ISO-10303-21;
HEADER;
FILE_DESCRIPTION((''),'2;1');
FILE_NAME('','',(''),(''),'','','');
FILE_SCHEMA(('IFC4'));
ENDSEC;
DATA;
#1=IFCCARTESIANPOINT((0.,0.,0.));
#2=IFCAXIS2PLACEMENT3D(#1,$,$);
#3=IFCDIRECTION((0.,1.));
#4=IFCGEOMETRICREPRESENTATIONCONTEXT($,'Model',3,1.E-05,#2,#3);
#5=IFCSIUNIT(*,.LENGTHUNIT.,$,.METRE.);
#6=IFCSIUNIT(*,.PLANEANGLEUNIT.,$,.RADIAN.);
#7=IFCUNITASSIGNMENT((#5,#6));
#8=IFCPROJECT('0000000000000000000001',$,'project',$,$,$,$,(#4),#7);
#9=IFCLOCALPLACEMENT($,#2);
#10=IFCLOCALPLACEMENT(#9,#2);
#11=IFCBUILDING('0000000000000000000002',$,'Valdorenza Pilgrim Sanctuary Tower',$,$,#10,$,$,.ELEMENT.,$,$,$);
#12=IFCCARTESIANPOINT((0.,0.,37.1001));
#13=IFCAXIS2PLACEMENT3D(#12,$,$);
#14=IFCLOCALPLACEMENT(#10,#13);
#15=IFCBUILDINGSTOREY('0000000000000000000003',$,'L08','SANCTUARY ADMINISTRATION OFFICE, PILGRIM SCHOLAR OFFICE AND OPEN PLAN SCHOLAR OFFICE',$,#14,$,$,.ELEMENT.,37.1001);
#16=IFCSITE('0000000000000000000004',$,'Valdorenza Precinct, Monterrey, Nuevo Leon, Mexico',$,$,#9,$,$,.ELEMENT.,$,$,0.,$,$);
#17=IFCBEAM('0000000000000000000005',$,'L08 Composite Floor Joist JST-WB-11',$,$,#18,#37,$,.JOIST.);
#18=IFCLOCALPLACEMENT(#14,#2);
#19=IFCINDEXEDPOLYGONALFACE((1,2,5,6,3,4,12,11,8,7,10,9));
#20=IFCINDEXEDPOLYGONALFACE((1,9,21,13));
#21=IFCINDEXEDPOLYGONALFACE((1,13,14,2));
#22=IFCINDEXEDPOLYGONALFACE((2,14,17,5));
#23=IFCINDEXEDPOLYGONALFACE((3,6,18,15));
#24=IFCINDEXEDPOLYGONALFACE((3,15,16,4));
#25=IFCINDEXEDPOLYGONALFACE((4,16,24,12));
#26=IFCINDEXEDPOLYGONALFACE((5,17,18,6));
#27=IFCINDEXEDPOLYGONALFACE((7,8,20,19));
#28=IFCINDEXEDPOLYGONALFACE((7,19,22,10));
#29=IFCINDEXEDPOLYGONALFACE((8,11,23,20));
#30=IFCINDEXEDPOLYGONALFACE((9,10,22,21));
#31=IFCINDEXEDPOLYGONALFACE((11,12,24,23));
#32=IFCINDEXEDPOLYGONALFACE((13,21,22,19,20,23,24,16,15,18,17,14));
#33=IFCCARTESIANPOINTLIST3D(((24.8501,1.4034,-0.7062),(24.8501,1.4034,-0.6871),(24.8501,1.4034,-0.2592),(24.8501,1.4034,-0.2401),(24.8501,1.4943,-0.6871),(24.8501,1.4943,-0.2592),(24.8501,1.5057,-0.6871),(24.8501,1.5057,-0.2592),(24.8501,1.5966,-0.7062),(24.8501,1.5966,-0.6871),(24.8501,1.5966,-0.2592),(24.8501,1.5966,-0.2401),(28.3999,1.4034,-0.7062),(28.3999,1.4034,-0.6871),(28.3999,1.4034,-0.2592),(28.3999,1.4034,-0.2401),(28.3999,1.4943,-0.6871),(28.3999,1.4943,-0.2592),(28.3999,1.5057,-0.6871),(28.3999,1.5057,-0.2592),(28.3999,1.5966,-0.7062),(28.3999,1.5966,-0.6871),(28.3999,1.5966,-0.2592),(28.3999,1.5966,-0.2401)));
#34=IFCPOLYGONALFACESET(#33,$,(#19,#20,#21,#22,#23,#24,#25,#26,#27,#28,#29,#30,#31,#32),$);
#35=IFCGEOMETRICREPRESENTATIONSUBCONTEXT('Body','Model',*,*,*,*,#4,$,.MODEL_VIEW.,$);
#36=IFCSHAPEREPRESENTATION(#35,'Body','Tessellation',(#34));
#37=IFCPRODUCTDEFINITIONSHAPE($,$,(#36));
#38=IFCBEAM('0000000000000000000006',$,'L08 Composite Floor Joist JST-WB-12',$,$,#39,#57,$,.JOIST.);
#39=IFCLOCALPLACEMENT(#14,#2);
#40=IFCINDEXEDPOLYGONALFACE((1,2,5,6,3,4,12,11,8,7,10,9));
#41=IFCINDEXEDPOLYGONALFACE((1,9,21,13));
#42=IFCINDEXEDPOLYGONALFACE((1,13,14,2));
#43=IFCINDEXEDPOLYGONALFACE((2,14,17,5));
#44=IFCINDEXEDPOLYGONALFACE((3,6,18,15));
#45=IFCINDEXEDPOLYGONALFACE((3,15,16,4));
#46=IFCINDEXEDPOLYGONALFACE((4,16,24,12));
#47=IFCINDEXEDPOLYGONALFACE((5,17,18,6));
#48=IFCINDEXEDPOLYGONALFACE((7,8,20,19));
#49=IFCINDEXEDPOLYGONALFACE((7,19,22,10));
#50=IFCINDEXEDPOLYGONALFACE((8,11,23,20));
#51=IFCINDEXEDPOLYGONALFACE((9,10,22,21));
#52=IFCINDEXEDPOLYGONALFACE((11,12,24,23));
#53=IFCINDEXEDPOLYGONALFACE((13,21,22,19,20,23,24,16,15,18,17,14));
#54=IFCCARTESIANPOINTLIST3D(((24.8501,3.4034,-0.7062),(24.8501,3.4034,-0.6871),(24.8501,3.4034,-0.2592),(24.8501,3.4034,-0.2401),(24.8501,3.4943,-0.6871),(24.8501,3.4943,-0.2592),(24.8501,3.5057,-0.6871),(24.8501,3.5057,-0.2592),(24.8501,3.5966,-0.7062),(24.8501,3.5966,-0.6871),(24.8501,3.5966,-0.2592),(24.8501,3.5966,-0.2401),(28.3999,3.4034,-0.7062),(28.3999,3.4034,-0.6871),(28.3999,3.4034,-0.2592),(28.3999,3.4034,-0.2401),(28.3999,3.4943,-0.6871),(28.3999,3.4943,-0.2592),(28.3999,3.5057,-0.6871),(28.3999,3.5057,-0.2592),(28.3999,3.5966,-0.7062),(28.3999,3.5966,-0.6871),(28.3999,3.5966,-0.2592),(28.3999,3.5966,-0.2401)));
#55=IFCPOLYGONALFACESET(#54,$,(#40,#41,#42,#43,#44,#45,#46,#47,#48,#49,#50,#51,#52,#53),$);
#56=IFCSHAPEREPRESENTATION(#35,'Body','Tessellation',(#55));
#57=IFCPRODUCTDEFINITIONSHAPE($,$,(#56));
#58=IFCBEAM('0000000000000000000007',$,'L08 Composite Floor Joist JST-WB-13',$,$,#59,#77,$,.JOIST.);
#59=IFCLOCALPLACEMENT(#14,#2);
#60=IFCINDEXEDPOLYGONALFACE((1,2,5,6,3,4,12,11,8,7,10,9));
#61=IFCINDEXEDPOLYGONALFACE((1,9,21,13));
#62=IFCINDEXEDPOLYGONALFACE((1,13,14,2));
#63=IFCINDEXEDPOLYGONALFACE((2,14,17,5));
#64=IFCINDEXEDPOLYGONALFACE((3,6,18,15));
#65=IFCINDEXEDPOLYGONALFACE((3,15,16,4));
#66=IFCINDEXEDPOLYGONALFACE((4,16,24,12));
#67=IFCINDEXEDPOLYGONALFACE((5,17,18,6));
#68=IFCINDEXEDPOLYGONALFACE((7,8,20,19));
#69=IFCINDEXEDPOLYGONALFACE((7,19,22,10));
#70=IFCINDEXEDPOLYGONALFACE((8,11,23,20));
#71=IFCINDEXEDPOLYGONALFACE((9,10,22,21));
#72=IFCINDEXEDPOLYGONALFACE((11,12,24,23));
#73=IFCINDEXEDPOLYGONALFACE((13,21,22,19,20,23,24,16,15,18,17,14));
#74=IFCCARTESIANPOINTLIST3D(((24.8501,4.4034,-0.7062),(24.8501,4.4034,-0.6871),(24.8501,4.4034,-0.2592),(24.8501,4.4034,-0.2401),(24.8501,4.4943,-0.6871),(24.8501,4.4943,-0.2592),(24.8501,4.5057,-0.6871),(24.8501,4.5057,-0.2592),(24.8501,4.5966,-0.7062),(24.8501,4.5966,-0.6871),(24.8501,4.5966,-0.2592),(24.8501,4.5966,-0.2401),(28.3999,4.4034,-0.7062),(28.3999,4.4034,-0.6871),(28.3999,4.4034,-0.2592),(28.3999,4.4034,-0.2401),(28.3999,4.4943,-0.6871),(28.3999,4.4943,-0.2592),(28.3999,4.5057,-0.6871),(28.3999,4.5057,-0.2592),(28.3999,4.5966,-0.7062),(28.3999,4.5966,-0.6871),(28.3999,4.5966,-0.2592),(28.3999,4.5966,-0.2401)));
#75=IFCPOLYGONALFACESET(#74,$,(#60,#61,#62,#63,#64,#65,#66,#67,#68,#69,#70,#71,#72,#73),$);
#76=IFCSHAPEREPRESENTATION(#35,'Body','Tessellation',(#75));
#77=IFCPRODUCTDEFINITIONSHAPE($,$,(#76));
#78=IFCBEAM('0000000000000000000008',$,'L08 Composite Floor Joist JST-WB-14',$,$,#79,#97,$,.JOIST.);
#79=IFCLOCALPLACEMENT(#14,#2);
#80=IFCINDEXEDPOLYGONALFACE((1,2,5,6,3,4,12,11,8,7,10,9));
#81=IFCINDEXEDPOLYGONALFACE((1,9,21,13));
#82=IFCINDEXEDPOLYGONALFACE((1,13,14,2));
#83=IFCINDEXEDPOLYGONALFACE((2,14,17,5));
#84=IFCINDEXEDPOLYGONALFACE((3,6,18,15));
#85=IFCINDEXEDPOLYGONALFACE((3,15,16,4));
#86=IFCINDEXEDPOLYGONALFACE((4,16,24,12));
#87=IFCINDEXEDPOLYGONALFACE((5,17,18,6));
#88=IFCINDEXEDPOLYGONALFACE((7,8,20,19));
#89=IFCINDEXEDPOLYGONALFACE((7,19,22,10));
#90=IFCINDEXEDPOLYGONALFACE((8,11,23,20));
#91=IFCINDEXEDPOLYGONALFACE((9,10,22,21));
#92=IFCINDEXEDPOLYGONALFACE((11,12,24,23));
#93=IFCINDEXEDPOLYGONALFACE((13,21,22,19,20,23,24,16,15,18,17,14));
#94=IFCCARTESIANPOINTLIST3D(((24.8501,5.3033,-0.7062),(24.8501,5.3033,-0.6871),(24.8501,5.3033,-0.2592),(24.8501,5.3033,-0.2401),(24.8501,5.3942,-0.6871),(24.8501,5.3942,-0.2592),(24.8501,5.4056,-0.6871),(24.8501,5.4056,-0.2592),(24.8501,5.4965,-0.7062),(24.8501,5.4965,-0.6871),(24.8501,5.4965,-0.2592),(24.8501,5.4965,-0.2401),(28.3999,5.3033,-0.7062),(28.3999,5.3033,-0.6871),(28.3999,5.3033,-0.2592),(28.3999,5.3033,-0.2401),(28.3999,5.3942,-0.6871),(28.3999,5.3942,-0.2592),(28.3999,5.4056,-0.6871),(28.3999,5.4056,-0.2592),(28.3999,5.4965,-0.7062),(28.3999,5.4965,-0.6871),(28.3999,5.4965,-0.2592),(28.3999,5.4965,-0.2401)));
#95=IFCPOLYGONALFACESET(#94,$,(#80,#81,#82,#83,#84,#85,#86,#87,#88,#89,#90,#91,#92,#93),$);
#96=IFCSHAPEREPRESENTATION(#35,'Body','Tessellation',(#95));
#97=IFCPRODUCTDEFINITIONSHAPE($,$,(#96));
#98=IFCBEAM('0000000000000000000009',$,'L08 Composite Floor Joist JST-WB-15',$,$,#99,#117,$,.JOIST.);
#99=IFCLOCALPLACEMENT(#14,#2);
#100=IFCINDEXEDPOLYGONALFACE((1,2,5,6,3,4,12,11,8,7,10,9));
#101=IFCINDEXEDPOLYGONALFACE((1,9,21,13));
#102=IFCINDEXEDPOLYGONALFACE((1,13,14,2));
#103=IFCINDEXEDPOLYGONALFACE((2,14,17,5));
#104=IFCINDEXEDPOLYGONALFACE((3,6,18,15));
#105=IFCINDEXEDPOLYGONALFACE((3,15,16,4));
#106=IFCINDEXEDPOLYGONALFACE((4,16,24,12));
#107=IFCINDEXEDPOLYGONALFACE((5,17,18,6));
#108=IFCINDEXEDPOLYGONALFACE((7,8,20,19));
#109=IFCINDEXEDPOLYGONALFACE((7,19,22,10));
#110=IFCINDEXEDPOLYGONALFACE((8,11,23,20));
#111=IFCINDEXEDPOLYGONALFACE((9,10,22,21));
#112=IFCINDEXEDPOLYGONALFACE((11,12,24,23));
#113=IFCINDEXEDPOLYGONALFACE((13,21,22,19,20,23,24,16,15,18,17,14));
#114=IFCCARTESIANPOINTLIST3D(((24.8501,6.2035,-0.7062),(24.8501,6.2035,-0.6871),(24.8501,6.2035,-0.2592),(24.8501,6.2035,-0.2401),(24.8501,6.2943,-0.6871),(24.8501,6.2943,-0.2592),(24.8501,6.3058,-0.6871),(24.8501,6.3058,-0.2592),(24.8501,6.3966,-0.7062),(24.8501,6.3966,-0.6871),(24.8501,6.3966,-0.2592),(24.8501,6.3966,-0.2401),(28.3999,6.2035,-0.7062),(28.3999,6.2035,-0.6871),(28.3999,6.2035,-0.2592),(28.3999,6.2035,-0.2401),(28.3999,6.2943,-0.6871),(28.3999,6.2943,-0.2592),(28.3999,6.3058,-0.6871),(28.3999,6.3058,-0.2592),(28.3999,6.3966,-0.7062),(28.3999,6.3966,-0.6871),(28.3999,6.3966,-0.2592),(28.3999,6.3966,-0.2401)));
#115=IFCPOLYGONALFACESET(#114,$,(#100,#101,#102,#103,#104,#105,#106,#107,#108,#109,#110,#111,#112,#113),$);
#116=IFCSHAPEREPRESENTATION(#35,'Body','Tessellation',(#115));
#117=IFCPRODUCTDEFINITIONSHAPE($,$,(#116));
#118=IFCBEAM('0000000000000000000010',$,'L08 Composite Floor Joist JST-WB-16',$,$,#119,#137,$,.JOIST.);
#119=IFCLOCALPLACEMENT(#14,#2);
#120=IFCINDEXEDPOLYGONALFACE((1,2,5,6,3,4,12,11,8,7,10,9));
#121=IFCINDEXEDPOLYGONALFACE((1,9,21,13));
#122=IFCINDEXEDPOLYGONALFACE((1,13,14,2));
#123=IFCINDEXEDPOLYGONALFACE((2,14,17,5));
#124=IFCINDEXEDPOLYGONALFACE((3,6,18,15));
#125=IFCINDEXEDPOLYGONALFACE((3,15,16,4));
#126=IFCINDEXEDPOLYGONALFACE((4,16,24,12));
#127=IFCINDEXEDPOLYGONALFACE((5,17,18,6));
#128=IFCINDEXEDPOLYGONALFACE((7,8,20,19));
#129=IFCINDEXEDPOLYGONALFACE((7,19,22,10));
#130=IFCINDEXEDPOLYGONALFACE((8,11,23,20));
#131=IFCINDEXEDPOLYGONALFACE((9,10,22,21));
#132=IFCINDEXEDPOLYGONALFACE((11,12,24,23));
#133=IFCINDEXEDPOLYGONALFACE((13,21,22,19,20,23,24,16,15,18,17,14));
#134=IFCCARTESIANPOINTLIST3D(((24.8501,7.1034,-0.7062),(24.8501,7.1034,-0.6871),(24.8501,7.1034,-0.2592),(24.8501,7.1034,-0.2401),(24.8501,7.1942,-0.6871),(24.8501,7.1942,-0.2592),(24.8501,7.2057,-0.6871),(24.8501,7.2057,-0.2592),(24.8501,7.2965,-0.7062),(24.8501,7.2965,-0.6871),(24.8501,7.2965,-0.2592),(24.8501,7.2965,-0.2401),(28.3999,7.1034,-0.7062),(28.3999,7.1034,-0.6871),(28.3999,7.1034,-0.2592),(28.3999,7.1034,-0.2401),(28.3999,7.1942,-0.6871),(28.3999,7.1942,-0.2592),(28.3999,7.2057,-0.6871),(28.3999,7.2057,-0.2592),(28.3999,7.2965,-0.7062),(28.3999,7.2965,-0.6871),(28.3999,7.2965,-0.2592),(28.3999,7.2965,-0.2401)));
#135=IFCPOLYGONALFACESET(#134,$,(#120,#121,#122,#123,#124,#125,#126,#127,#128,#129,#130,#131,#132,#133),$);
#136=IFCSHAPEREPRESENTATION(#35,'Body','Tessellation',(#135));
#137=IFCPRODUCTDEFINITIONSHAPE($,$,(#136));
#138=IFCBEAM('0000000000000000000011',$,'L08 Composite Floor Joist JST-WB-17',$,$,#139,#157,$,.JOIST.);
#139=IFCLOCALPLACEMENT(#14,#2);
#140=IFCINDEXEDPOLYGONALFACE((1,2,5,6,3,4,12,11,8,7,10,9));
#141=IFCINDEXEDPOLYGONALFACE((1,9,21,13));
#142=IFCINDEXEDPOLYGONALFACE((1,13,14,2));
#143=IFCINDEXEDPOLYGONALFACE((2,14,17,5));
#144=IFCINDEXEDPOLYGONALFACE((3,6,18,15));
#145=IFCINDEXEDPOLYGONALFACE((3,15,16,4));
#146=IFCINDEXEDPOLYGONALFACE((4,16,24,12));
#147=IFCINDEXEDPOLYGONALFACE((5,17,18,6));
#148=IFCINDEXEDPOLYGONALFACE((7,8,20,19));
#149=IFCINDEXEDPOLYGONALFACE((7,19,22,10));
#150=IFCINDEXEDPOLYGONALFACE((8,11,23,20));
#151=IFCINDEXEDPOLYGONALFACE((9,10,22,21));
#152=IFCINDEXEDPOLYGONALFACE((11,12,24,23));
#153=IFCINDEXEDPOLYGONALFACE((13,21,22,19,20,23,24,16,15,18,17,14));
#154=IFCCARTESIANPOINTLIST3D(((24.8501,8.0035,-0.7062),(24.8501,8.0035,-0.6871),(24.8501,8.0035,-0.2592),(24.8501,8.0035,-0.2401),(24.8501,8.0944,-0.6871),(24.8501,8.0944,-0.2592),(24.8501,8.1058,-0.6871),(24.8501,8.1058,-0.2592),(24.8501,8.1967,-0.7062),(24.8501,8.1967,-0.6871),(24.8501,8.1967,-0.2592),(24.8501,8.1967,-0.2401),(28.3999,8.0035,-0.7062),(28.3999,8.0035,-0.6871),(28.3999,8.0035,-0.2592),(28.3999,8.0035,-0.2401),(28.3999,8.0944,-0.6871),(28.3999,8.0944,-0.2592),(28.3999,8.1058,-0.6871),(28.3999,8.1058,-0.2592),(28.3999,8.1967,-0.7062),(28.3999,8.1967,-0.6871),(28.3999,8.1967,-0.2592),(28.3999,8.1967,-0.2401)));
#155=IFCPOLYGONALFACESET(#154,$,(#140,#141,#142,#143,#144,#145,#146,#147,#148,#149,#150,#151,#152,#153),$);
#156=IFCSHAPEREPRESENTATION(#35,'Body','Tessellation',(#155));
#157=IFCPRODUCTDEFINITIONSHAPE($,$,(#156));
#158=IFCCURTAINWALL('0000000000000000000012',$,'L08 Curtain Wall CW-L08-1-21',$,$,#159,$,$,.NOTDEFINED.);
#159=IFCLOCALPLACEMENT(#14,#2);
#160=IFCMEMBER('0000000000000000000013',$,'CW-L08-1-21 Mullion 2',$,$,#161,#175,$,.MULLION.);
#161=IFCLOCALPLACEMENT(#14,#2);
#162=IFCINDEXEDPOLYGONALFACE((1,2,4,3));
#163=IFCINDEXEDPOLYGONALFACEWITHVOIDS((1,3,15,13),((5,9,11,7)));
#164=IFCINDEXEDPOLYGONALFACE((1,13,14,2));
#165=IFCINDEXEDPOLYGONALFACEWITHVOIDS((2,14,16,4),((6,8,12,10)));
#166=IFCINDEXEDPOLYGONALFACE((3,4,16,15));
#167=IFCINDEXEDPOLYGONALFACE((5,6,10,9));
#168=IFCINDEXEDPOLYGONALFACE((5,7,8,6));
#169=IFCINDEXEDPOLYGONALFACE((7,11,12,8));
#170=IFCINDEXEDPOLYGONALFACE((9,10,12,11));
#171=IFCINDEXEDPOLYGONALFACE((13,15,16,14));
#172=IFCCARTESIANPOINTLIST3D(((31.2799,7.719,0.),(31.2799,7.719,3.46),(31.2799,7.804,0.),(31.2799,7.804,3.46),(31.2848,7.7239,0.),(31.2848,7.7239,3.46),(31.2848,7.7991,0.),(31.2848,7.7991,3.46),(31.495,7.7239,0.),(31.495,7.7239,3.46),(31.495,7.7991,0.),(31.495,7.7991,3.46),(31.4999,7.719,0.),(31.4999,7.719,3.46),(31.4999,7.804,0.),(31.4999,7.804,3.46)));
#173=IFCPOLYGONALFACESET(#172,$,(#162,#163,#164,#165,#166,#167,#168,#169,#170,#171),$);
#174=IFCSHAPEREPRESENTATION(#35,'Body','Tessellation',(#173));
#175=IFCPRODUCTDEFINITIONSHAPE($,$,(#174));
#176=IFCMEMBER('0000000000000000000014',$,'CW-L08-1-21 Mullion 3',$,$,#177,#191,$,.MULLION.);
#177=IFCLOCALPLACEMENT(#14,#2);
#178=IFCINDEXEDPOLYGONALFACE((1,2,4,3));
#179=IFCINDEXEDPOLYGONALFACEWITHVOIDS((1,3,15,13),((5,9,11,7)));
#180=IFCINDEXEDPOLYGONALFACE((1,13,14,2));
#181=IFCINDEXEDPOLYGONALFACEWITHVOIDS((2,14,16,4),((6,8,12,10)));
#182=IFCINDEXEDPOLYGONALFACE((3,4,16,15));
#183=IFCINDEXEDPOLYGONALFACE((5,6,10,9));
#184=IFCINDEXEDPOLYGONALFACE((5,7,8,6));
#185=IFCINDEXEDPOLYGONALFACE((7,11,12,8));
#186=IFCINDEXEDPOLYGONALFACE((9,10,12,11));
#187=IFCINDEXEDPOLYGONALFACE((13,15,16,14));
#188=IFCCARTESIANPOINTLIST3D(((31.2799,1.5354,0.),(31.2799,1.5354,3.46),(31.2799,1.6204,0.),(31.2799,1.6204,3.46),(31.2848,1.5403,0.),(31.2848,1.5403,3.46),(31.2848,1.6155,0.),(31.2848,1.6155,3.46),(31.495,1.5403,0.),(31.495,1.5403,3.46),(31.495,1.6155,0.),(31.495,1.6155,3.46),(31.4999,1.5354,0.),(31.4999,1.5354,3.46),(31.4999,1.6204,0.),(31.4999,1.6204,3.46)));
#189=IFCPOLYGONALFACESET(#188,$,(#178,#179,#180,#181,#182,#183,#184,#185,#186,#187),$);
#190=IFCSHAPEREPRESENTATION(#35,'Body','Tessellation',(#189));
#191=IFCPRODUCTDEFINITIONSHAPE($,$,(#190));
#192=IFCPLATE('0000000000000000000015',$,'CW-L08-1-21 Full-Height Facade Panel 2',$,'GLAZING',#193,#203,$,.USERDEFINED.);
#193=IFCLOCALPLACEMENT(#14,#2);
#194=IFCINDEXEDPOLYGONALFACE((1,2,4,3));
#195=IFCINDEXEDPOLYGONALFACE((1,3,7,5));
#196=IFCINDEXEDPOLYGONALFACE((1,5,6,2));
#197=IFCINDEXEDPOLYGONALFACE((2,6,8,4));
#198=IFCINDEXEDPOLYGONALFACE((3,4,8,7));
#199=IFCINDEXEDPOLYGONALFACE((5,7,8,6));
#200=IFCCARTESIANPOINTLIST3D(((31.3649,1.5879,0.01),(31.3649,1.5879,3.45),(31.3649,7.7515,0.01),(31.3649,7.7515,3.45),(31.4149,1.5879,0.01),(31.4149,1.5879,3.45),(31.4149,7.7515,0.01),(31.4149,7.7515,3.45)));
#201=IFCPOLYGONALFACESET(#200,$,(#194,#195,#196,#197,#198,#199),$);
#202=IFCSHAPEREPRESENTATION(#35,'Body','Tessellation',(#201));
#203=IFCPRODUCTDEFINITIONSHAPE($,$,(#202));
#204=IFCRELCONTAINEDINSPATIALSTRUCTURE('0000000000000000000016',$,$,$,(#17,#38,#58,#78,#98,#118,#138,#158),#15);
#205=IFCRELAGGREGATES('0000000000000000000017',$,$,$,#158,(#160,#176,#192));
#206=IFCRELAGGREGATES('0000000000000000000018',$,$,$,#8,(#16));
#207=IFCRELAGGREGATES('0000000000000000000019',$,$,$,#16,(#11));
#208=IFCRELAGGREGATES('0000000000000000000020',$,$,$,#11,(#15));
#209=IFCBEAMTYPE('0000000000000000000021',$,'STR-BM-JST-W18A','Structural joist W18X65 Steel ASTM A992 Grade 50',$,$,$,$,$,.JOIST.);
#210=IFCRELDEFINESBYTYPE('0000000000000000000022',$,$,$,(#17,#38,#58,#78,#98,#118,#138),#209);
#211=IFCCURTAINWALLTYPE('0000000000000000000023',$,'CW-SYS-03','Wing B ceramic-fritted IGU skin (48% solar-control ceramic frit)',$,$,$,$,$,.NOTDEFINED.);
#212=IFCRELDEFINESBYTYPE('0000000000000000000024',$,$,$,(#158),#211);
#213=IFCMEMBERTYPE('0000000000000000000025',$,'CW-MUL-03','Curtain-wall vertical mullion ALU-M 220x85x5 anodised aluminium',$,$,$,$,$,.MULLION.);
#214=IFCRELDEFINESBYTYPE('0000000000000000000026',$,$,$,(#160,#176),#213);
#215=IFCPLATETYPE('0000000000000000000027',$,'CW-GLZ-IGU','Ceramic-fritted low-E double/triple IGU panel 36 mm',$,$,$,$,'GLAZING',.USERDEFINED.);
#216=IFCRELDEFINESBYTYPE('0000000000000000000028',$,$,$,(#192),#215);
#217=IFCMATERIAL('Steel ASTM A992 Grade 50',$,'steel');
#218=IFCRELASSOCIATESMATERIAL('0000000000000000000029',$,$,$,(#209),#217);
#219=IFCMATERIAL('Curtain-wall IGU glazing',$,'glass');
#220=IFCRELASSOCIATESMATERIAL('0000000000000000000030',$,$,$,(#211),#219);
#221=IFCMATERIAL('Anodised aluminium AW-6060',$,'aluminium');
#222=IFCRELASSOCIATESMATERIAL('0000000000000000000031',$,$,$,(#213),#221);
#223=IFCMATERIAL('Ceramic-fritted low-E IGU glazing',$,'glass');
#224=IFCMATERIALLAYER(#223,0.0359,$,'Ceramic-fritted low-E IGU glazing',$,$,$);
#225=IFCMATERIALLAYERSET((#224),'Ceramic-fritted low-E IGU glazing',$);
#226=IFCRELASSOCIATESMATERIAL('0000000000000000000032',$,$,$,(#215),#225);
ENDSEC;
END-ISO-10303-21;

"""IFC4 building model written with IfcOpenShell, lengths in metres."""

from ifc_helpers import new_model, si_unit, direction, frame, origin, origin_2d, place, context, subcontext, project, spatial, rectangle, hollow_rectangle, i_section, extrude, source, transform, mapped, material, layer, layer_set, material_profile, profile_set, type_object, element, aggregate, save


model = new_model("IFC4")

# Units and contexts
model_context = context("Model", 3, precision=1e-05, world=origin(), true_north=direction((0.0, 1.0)))
body_context = subcontext(model_context, "Body", "Model", "MODEL_VIEW")
ifc_project = project(units=[si_unit("LENGTHUNIT", "METRE"), si_unit("PLANEANGLEUNIT", "RADIAN")], contexts=[model_context])

# Site, building, storey
site_placement = place(None, origin())
site = spatial("IfcSite", under=ifc_project, at=site_placement, Name="Valdorenza Precinct, Monterrey, Nuevo Leon, Mexico", CompositionType="ELEMENT", RefElevation=0.0)
building_placement = place(site_placement, origin())
building = spatial("IfcBuilding", under=site, at=building_placement, Name="Valdorenza Pilgrim Sanctuary Tower", CompositionType="ELEMENT")
storey_placement = place(building_placement, frame((0.0, 0.0, 37.1001)))
storey = spatial("IfcBuildingStorey", under=building, at=storey_placement, Name="L08", Description="SANCTUARY ADMINISTRATION OFFICE, PILGRIM SCHOLAR OFFICE AND OPEN PLAN SCHOLAR OFFICE", CompositionType="ELEMENT", Elevation=37.1001)

# Beams
ifc_material_1 = material(Name="Steel ASTM A992 Grade 50", Category="steel")
ifc_material_profile_1 = material_profile(ifc_material_1, i_section(OverallWidth=0.1931, OverallDepth=0.4661, WebThickness=0.0115, FlangeThickness=0.019, at=origin_2d()), Name="W18X65")
ifc_profile_set_1 = profile_set([ifc_material_profile_1], Name="Steel ASTM A992 Grade 50")
beam_type = type_object("IfcBeamType", Name="STR-BM-JST-W18A", Description="Structural joist W18X65 Steel ASTM A992 Grade 50", PredefinedType="JOIST", material=ifc_profile_set_1)
shared_shape_1 = source(origin(), body_context, "Body", "SweptSolid", [
    extrude(i_section(OverallWidth=0.1931, OverallDepth=0.4661, WebThickness=0.0115, FlangeThickness=0.019, at=origin_2d()), origin(), (0.0, 0.0, 1.0), 3.5498),
])
for number, where, z_axis, x_axis, name in (
    (1, (24.8501, 1.5, -0.4731), (1.0, 0.0, 0.0), (0.0, 1.0, 0.0), "L08 Composite Floor Joist JST-WB-11"),
    (2, (24.8501, 3.5, -0.4731), (1.0, 0.0, 0.0), (0.0, 1.0, 0.0), "L08 Composite Floor Joist JST-WB-12"),
    (3, (24.8501, 4.5, -0.4731), (1.0, 0.0, 0.0), (0.0, 1.0, 0.0), "L08 Composite Floor Joist JST-WB-13"),
    (4, (24.8501, 5.3999, -0.4731), (1.0, 0.0, 0.0), (0.0, 1.0, 0.0), "L08 Composite Floor Joist JST-WB-14"),
    (5, (24.8501, 6.3, -0.4731), (1.0, 0.0, 0.0), (0.0, 1.0, 0.0), "L08 Composite Floor Joist JST-WB-15"),
    (6, (24.8501, 7.2, -0.4731), (1.0, 0.0, 0.0), (0.0, 1.0, 0.0), "L08 Composite Floor Joist JST-WB-16"),
    (7, (24.8501, 8.1001, -0.4731), (1.0, 0.0, 0.0), (0.0, 1.0, 0.0), "L08 Composite Floor Joist JST-WB-17"),
):
    element("IfcBeam", number, at=place(storey_placement, frame(where, z_axis=z_axis, x_axis=x_axis)), inside=storey, type_object=beam_type, Name=name, PredefinedType="JOIST", context=body_context, shape_type="MappedRepresentation", body=[
        mapped(shared_shape_1, transform((0.0, 0.0, 0.0), x_axis=(1.0, 0.0, 0.0), y_axis=(0.0, 1.0, 0.0), z_axis=(0.0, 0.0, 1.0), scale=1.0)),
    ])

# Curtain wall, members, plate
ifc_material_2 = material(Name="Curtain-wall IGU glazing", Category="glass")
curtain_wall_type = type_object("IfcCurtainWallType", Name="CW-SYS-03", Description="Wing B ceramic-fritted IGU skin (48% solar-control ceramic frit)", PredefinedType="NOTDEFINED", material=ifc_material_2)
curtain_wall_placement = place(storey_placement, origin())
curtain_wall = element("IfcCurtainWall", 8, at=curtain_wall_placement, inside=storey, type_object=curtain_wall_type, Name="L08 Curtain Wall CW-L08-1-21", PredefinedType="NOTDEFINED")
ifc_material_3 = material(Name="Anodised aluminium AW-6060", Category="aluminium")
ifc_material_profile_2 = material_profile(ifc_material_3, hollow_rectangle(XDim=0.085, YDim=0.22, WallThickness=0.0049, at=origin_2d()), Name="ALU-M 220x85x5")
ifc_profile_set_2 = profile_set([ifc_material_profile_2], Name="Anodised aluminium AW-6060")
member_type = type_object("IfcMemberType", Name="CW-MUL-03", Description="Curtain-wall vertical mullion ALU-M 220x85x5 anodised aluminium", PredefinedType="MULLION", material=ifc_profile_set_2)
shared_shape_2 = source(origin(), body_context, "Body", "SweptSolid", [
    extrude(hollow_rectangle(XDim=0.085, YDim=0.22, WallThickness=0.0049, at=origin_2d()), origin(), (0.0, 0.0, 1.0), 3.46),
])
member_1_placement = place(storey_placement, frame((31.3899, 7.7615, 0.0), z_axis=(0.0, 0.0, 1.0), x_axis=(0.0, -1.0, 0.0)))
member_1 = element("IfcMember", 9, at=member_1_placement, type_object=member_type, Name="CW-L08-1-21 Mullion 2", PredefinedType="MULLION", context=body_context, shape_type="MappedRepresentation", body=[
    mapped(shared_shape_2, transform((0.0, 0.0, 0.0), x_axis=(1.0, 0.0, 0.0), y_axis=(0.0, 1.0, 0.0), z_axis=(0.0, 0.0, 1.0), scale=1.0)),
])
member_2_placement = place(storey_placement, frame((31.3899, 1.5779, 0.0), z_axis=(0.0, 0.0, 1.0), x_axis=(0.0, -1.0, 0.0)))
member_2 = element("IfcMember", 10, at=member_2_placement, type_object=member_type, Name="CW-L08-1-21 Mullion 3", PredefinedType="MULLION", context=body_context, shape_type="MappedRepresentation", body=[
    mapped(shared_shape_2, transform((0.0, 0.0, 0.0), x_axis=(1.0, 0.0, 0.0), y_axis=(0.0, 1.0, 0.0), z_axis=(0.0, 0.0, 1.0), scale=1.0)),
])
ifc_material_4 = material(Name="Ceramic-fritted low-E IGU glazing", Category="glass")
ifc_layer_1 = layer(ifc_material_4, 0.0359, Name="Ceramic-fritted low-E IGU glazing")
ifc_layer_set_1 = layer_set([ifc_layer_1], Name="Ceramic-fritted low-E IGU glazing")
plate_type = type_object("IfcPlateType", Name="CW-GLZ-IGU", Description="Ceramic-fritted low-E double/triple IGU panel 36 mm", ElementType="GLAZING", PredefinedType="USERDEFINED", material=ifc_layer_set_1)
shared_shape_3 = source(origin(), body_context, "Body", "SweptSolid", [
    extrude(rectangle(XDim=6.1636, YDim=0.05, at=origin_2d()), origin(), (0.0, 0.0, 1.0), 3.4399),
])
plate_placement = place(storey_placement, frame((31.3899, 4.6697, 0.01), z_axis=(0.0, 0.0, 1.0), x_axis=(0.0, -1.0, 0.0)))
plate = element("IfcPlate", 11, at=plate_placement, type_object=plate_type, Name="CW-L08-1-21 Full-Height Facade Panel 2", ObjectType="GLAZING", PredefinedType="USERDEFINED", context=body_context, shape_type="MappedRepresentation", body=[
    mapped(shared_shape_3, transform((0.0, 0.0, 0.0), x_axis=(1.0, 0.0, 0.0), y_axis=(0.0, 1.0, 0.0), z_axis=(0.0, 0.0, 1.0), scale=1.0)),
])
aggregate(curtain_wall, [member_1, member_2, plate])

save(model, "model.ifc")
